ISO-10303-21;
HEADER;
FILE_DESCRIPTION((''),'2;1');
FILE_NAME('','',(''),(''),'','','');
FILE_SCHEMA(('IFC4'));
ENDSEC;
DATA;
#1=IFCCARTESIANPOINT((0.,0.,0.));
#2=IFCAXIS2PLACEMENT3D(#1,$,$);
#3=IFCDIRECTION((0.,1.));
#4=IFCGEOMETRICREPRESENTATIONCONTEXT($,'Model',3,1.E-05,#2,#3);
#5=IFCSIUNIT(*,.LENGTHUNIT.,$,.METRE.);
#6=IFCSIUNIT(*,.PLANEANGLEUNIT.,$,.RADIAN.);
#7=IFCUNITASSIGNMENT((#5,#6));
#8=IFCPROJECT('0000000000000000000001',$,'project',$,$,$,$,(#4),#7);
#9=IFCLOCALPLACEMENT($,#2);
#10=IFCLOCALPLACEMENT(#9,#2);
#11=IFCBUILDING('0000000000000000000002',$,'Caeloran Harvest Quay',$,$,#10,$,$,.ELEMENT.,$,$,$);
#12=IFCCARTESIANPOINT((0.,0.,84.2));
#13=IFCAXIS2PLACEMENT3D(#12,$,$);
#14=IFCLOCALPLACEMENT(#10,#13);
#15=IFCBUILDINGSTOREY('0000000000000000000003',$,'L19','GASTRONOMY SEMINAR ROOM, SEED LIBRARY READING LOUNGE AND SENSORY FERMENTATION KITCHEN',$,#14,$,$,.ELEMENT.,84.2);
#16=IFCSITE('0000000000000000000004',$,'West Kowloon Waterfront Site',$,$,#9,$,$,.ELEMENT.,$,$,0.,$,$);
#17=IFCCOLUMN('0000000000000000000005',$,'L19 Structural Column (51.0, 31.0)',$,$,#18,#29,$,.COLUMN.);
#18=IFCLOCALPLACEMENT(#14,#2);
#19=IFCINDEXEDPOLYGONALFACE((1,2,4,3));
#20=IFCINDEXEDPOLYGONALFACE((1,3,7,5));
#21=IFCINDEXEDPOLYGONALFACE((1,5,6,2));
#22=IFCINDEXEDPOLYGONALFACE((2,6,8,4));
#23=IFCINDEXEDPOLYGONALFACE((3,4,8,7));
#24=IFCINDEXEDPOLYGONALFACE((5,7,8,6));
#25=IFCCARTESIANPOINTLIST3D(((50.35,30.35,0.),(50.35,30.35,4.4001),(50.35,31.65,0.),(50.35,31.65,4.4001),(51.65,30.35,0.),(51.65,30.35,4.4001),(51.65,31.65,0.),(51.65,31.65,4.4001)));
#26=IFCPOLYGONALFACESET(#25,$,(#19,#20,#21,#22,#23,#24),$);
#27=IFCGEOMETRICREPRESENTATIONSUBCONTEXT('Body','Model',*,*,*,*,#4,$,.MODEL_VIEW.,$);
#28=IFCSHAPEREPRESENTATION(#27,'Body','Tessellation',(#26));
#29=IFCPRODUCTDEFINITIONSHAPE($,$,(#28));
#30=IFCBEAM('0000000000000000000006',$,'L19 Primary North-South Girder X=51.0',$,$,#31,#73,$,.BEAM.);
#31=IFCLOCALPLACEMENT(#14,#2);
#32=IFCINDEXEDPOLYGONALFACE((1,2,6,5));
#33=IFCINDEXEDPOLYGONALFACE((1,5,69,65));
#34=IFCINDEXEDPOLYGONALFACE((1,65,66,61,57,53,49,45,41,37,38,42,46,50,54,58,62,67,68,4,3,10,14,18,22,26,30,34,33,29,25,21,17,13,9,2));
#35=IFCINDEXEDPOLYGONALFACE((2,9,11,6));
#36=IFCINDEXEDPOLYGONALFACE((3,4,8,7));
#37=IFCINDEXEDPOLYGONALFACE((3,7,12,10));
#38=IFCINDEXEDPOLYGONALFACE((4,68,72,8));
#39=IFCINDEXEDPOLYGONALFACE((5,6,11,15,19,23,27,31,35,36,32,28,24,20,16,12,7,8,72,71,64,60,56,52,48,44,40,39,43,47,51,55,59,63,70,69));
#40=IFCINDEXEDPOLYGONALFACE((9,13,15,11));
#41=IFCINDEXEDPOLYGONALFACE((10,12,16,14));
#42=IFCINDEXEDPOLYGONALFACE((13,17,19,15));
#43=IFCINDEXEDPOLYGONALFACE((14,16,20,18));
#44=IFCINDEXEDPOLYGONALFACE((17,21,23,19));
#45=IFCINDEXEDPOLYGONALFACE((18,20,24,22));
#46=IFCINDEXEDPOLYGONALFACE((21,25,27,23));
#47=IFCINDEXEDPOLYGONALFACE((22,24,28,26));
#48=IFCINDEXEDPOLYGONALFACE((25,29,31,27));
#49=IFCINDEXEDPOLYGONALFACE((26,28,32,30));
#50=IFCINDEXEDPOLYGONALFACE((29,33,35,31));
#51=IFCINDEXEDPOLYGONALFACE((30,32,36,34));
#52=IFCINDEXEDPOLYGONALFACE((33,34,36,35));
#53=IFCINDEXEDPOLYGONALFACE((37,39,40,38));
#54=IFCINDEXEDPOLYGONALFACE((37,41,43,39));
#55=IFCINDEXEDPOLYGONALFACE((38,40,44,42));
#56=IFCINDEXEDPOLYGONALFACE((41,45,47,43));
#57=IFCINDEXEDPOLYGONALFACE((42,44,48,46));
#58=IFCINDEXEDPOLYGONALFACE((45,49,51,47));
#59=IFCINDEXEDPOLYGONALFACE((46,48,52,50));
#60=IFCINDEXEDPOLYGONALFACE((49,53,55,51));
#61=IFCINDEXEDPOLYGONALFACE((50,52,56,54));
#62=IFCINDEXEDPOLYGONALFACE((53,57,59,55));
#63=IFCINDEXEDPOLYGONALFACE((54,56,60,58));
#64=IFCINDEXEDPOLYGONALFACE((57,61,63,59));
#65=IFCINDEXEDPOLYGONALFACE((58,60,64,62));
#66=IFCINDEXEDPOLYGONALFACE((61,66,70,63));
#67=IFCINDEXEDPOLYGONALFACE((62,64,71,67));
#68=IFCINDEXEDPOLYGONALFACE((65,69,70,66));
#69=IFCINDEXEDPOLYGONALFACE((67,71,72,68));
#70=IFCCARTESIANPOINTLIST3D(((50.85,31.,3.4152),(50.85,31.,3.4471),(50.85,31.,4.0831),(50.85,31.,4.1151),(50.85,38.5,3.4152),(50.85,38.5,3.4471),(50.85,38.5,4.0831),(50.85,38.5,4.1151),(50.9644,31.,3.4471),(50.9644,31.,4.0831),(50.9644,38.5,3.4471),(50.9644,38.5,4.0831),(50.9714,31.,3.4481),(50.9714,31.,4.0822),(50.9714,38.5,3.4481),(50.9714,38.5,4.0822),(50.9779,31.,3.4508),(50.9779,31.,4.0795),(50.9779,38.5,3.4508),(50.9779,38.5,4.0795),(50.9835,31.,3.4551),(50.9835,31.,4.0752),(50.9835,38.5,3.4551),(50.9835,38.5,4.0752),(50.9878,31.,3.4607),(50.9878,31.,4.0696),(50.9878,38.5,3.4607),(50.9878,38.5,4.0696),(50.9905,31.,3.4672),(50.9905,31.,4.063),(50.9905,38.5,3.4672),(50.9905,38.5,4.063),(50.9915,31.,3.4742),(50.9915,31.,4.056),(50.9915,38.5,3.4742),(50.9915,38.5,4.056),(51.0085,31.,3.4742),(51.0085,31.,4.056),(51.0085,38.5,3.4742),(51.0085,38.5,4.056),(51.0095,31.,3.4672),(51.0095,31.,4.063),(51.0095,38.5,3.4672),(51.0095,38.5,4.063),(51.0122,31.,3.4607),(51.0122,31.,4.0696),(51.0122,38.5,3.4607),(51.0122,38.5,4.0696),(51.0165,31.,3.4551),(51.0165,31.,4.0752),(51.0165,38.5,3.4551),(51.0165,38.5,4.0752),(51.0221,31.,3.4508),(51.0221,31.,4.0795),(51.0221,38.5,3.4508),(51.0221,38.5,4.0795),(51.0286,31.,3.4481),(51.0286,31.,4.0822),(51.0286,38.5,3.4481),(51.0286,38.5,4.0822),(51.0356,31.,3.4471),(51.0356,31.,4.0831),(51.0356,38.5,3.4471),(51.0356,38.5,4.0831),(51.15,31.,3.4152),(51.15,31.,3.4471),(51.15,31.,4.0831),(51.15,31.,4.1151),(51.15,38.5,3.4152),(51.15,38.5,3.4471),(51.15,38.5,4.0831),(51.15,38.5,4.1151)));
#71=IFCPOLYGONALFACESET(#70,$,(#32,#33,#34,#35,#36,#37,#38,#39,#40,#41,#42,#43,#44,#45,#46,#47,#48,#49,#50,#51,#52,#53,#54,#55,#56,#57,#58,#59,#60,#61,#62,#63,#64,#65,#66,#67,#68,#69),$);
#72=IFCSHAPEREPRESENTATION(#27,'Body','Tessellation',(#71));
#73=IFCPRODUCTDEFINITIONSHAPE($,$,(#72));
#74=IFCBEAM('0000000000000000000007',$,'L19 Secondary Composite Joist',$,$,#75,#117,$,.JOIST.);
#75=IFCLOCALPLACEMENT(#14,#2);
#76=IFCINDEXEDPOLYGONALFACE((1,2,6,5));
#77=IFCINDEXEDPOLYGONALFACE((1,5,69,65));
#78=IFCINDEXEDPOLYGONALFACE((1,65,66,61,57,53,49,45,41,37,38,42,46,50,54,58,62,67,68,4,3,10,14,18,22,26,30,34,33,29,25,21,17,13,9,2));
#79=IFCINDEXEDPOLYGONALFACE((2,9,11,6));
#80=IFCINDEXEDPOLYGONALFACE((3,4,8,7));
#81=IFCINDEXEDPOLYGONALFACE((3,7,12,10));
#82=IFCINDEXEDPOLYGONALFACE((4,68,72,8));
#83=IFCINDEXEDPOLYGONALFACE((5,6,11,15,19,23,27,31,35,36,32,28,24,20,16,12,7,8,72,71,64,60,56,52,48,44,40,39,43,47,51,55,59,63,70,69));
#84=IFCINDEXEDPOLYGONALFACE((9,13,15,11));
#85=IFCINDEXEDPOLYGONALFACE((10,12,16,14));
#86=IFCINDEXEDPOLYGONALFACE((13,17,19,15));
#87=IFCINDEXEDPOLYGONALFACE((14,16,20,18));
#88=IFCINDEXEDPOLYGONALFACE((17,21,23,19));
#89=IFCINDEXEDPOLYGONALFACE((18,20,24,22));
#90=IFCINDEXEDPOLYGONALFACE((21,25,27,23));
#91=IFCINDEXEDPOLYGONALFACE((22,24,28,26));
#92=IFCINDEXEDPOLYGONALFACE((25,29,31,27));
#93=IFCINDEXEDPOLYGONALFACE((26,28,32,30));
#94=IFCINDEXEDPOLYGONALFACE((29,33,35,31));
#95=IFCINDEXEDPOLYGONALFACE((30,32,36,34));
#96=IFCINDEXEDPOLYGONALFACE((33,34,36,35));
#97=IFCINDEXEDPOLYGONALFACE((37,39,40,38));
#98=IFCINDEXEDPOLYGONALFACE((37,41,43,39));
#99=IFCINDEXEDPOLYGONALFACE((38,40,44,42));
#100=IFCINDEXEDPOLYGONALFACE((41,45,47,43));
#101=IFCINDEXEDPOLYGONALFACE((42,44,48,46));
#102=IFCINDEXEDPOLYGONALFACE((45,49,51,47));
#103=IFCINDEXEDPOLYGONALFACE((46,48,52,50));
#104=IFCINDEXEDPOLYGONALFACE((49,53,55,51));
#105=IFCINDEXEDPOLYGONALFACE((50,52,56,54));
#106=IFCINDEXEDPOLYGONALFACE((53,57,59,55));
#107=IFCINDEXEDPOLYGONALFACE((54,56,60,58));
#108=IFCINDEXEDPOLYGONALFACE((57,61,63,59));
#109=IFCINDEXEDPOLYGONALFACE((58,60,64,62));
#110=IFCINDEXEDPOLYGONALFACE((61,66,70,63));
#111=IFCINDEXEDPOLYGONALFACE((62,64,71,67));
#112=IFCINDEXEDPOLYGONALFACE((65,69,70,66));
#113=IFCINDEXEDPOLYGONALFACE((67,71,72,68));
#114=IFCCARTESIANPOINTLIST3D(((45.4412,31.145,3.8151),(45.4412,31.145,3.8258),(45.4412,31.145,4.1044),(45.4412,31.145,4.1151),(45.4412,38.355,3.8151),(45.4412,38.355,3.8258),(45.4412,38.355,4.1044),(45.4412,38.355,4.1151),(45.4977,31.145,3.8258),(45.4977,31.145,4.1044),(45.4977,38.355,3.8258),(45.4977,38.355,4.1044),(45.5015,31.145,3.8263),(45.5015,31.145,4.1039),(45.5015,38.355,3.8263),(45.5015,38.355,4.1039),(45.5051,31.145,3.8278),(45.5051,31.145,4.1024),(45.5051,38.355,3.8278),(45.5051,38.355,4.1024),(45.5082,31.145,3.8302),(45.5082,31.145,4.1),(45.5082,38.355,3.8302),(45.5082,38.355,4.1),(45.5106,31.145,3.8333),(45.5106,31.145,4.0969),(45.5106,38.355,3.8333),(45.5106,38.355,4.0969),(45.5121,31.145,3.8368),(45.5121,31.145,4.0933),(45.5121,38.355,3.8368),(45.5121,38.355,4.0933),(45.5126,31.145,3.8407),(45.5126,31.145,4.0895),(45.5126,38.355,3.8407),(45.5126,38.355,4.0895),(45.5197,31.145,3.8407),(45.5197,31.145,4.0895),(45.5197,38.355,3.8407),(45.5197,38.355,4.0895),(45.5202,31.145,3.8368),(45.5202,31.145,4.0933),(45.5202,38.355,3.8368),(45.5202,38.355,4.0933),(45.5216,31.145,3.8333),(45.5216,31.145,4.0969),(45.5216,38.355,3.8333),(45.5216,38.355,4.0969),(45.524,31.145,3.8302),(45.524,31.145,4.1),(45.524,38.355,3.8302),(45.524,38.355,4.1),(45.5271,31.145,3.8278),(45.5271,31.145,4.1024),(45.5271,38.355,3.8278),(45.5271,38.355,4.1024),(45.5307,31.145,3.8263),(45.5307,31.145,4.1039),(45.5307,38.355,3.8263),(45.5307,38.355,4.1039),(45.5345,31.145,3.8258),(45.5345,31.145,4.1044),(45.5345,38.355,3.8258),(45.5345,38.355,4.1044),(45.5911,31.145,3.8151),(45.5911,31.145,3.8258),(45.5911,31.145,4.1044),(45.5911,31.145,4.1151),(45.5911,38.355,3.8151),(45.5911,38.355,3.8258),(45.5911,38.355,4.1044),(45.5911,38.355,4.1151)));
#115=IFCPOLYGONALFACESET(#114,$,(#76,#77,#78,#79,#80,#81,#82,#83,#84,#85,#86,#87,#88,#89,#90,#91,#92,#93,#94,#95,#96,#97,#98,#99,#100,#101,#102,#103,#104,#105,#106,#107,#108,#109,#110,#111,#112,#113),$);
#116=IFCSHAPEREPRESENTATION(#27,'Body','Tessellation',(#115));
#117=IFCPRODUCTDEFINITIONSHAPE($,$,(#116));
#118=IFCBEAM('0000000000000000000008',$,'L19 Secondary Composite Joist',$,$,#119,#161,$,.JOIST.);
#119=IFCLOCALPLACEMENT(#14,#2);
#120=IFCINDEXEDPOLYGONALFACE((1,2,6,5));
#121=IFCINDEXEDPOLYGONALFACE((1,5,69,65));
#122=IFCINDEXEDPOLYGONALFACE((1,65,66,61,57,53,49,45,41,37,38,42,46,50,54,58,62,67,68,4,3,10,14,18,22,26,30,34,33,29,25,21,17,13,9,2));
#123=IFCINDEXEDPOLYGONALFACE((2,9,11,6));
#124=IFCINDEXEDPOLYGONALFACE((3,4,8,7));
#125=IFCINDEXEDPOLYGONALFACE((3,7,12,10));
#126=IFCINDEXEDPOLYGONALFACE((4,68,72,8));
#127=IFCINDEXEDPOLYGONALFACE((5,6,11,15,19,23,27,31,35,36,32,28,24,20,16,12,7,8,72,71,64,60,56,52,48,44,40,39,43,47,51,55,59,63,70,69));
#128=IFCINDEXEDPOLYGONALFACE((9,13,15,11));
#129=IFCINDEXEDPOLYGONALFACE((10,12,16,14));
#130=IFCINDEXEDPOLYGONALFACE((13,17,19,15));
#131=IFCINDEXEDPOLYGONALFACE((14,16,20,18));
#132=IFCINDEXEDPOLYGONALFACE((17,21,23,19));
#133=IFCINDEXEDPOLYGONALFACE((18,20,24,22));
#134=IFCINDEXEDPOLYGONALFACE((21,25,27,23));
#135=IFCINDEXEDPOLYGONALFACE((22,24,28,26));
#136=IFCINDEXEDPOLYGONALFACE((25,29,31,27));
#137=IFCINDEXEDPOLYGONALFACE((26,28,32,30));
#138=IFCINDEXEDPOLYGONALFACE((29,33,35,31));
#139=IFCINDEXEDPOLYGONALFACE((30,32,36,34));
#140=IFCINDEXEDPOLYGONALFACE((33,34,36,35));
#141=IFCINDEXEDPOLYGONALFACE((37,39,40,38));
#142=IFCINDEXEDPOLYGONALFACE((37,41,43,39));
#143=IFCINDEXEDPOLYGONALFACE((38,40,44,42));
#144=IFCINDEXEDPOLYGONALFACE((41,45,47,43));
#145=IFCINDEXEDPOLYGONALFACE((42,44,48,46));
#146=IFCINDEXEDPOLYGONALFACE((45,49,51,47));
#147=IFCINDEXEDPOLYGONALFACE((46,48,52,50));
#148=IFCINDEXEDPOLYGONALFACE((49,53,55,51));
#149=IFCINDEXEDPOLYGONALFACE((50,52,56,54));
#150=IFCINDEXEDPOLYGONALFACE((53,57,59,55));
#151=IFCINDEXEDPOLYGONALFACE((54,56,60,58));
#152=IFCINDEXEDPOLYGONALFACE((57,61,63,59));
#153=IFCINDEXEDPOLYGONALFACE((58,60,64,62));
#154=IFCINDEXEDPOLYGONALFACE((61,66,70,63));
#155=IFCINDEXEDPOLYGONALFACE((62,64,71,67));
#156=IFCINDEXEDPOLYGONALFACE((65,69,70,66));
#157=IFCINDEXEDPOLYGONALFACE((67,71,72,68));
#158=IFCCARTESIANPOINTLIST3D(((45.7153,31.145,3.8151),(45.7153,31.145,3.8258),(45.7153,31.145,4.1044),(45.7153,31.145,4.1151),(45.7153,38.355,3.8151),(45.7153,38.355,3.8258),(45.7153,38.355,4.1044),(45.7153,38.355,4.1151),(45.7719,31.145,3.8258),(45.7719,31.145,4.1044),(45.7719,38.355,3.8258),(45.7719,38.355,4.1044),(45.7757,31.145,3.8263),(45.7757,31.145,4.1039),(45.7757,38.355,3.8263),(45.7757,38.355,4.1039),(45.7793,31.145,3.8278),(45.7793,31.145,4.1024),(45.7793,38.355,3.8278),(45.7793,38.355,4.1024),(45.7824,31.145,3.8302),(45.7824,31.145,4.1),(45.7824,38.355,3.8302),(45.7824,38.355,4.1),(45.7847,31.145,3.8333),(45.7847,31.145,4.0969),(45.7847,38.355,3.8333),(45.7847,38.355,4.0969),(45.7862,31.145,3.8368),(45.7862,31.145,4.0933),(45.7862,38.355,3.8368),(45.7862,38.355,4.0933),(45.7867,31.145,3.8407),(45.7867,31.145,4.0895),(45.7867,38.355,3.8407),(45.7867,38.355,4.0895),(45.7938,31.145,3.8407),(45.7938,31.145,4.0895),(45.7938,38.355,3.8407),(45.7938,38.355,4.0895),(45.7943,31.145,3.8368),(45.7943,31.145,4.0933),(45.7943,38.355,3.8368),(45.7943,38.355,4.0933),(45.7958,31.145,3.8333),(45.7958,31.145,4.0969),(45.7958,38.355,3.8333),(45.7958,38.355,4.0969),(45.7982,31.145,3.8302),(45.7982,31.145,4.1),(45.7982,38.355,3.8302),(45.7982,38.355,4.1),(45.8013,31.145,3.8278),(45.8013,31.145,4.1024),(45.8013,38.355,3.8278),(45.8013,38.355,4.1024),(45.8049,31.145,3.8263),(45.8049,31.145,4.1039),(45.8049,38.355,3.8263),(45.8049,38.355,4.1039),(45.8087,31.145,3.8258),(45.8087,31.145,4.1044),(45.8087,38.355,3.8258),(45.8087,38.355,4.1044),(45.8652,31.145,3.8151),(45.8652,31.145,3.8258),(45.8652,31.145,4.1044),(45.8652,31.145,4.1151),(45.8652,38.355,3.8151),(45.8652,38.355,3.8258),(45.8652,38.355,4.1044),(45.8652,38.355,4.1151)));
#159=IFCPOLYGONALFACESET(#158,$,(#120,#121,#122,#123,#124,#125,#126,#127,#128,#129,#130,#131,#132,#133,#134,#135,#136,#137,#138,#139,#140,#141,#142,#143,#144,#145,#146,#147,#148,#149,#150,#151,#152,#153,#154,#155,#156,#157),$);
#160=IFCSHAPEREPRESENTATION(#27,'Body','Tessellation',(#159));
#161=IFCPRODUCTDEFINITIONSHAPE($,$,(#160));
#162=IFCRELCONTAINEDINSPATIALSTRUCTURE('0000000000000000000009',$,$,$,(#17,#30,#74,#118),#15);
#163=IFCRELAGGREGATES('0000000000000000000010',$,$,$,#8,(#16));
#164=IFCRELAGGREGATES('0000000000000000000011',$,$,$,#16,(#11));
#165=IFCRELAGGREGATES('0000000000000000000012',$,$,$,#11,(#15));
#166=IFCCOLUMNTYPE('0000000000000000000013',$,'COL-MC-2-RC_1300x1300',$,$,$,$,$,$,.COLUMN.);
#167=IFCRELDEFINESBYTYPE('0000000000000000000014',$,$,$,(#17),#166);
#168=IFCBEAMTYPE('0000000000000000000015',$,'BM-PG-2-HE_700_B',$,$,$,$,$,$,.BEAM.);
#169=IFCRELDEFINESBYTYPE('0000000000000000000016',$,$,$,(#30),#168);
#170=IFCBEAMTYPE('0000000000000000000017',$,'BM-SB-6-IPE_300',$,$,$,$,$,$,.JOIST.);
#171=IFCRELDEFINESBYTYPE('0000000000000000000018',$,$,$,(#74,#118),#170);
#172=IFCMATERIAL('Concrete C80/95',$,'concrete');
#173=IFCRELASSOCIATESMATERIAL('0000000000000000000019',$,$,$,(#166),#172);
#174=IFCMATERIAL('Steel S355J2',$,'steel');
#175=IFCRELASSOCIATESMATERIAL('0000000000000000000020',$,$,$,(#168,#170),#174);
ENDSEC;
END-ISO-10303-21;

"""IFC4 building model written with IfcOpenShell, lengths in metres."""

from ifc_helpers import new_model, si_unit, direction, frame, origin, origin_2d, place, context, subcontext, project, spatial, rectangle, i_section, extrude, material, material_profile, profile_set, type_object, element, save


model = new_model("IFC4")

# Units and contexts
model_context = context("Model", 3, precision=1e-05, world=origin(), true_north=direction((0.0, 1.0)))
body_context = subcontext(model_context, "Body", "Model", "MODEL_VIEW")
ifc_project = project(units=[si_unit("LENGTHUNIT", "METRE"), si_unit("PLANEANGLEUNIT", "RADIAN")], contexts=[model_context])

# Site, building, storey
site_placement = place(None, origin())
site = spatial("IfcSite", under=ifc_project, at=site_placement, Name="West Kowloon Waterfront Site", CompositionType="ELEMENT", RefElevation=0.0)
building_placement = place(site_placement, origin())
building = spatial("IfcBuilding", under=site, at=building_placement, Name="Caeloran Harvest Quay", CompositionType="ELEMENT")
storey_placement = place(building_placement, frame((0.0, 0.0, 84.2)))
storey = spatial("IfcBuildingStorey", under=building, at=storey_placement, Name="L19", Description="GASTRONOMY SEMINAR ROOM, SEED LIBRARY READING LOUNGE AND SENSORY FERMENTATION KITCHEN", CompositionType="ELEMENT", Elevation=84.2)

# Column
ifc_material_1 = material(Name="Concrete C80/95", Category="concrete")
ifc_material_profile_1 = material_profile(ifc_material_1, rectangle(XDim=1.3, YDim=1.3, at=origin_2d()), Name="RC 1300x1300")
ifc_profile_set_1 = profile_set([ifc_material_profile_1], Name="Concrete C80/95")
column_type = type_object("IfcColumnType", Name="COL-MC-2-RC_1300x1300", PredefinedType="COLUMN", material=ifc_profile_set_1)
column_placement = place(storey_placement, frame((51.0, 31.0, 0.0), z_axis=(0.0, 0.0, 1.0), x_axis=(1.0, 0.0, 0.0)))
element("IfcColumn", 1, at=column_placement, inside=storey, type_object=column_type, Name="L19 Structural Column (51.0, 31.0)", PredefinedType="COLUMN", context=body_context, shape_type="SweptSolid", body=[
    extrude(rectangle(XDim=1.3, YDim=1.3, at=origin_2d()), origin(), (0.0, 0.0, 1.0), 4.4001),
])

# Beams
ifc_material_2 = material(Name="Steel S355J2", Category="steel")
ifc_material_profile_2 = material_profile(ifc_material_2, i_section(OverallWidth=0.3, OverallDepth=0.7, WebThickness=0.0171, FlangeThickness=0.032, FilletRadius=0.0271, at=origin_2d()), Name="HE 700 B")
ifc_profile_set_2 = profile_set([ifc_material_profile_2], Name="Steel S355J2")
beam_type_1 = type_object("IfcBeamType", Name="BM-PG-2-HE_700_B", PredefinedType="BEAM", material=ifc_profile_set_2)
beam_placement = place(storey_placement, frame((51.0, 31.0, 3.7651), z_axis=(0.0, 1.0, 0.0), x_axis=(-1.0, 0.0, 0.0)))
element("IfcBeam", 2, at=beam_placement, inside=storey, type_object=beam_type_1, Name="L19 Primary North-South Girder X=51.0", PredefinedType="BEAM", context=body_context, shape_type="SweptSolid", body=[
    extrude(i_section(OverallWidth=0.3, OverallDepth=0.7, WebThickness=0.0171, FlangeThickness=0.032, FilletRadius=0.0271, at=origin_2d()), origin(), (0.0, 0.0, 1.0), 7.5),
])
ifc_material_profile_3 = material_profile(ifc_material_2, i_section(OverallWidth=0.1499, OverallDepth=0.3, WebThickness=0.0071, FlangeThickness=0.0107, FilletRadius=0.0149, at=origin_2d()), Name="IPE 300")
ifc_profile_set_3 = profile_set([ifc_material_profile_3], Name="Steel S355J2")
beam_type_2 = type_object("IfcBeamType", Name="BM-SB-6-IPE_300", PredefinedType="JOIST", material=ifc_profile_set_3)
for number, where, z_axis, x_axis, name in (
    (3, (45.5161, 31.145, 3.9651), (0.0, 1.0, 0.0), (-1.0, 0.0, 0.0), "L19 Secondary Composite Joist"),
    (4, (45.7903, 31.145, 3.9651), (0.0, 1.0, 0.0), (-1.0, 0.0, 0.0), "L19 Secondary Composite Joist"),
):
    element("IfcBeam", number, at=place(storey_placement, frame(where, z_axis=z_axis, x_axis=x_axis)), inside=storey, type_object=beam_type_2, Name=name, PredefinedType="JOIST", context=body_context, shape_type="SweptSolid", body=[
        extrude(i_section(OverallWidth=0.1499, OverallDepth=0.3, WebThickness=0.0071, FlangeThickness=0.0107, FilletRadius=0.0149, at=origin_2d()), origin(), (0.0, 0.0, 1.0), 7.21),
    ])

save(model, "model.ifc")
